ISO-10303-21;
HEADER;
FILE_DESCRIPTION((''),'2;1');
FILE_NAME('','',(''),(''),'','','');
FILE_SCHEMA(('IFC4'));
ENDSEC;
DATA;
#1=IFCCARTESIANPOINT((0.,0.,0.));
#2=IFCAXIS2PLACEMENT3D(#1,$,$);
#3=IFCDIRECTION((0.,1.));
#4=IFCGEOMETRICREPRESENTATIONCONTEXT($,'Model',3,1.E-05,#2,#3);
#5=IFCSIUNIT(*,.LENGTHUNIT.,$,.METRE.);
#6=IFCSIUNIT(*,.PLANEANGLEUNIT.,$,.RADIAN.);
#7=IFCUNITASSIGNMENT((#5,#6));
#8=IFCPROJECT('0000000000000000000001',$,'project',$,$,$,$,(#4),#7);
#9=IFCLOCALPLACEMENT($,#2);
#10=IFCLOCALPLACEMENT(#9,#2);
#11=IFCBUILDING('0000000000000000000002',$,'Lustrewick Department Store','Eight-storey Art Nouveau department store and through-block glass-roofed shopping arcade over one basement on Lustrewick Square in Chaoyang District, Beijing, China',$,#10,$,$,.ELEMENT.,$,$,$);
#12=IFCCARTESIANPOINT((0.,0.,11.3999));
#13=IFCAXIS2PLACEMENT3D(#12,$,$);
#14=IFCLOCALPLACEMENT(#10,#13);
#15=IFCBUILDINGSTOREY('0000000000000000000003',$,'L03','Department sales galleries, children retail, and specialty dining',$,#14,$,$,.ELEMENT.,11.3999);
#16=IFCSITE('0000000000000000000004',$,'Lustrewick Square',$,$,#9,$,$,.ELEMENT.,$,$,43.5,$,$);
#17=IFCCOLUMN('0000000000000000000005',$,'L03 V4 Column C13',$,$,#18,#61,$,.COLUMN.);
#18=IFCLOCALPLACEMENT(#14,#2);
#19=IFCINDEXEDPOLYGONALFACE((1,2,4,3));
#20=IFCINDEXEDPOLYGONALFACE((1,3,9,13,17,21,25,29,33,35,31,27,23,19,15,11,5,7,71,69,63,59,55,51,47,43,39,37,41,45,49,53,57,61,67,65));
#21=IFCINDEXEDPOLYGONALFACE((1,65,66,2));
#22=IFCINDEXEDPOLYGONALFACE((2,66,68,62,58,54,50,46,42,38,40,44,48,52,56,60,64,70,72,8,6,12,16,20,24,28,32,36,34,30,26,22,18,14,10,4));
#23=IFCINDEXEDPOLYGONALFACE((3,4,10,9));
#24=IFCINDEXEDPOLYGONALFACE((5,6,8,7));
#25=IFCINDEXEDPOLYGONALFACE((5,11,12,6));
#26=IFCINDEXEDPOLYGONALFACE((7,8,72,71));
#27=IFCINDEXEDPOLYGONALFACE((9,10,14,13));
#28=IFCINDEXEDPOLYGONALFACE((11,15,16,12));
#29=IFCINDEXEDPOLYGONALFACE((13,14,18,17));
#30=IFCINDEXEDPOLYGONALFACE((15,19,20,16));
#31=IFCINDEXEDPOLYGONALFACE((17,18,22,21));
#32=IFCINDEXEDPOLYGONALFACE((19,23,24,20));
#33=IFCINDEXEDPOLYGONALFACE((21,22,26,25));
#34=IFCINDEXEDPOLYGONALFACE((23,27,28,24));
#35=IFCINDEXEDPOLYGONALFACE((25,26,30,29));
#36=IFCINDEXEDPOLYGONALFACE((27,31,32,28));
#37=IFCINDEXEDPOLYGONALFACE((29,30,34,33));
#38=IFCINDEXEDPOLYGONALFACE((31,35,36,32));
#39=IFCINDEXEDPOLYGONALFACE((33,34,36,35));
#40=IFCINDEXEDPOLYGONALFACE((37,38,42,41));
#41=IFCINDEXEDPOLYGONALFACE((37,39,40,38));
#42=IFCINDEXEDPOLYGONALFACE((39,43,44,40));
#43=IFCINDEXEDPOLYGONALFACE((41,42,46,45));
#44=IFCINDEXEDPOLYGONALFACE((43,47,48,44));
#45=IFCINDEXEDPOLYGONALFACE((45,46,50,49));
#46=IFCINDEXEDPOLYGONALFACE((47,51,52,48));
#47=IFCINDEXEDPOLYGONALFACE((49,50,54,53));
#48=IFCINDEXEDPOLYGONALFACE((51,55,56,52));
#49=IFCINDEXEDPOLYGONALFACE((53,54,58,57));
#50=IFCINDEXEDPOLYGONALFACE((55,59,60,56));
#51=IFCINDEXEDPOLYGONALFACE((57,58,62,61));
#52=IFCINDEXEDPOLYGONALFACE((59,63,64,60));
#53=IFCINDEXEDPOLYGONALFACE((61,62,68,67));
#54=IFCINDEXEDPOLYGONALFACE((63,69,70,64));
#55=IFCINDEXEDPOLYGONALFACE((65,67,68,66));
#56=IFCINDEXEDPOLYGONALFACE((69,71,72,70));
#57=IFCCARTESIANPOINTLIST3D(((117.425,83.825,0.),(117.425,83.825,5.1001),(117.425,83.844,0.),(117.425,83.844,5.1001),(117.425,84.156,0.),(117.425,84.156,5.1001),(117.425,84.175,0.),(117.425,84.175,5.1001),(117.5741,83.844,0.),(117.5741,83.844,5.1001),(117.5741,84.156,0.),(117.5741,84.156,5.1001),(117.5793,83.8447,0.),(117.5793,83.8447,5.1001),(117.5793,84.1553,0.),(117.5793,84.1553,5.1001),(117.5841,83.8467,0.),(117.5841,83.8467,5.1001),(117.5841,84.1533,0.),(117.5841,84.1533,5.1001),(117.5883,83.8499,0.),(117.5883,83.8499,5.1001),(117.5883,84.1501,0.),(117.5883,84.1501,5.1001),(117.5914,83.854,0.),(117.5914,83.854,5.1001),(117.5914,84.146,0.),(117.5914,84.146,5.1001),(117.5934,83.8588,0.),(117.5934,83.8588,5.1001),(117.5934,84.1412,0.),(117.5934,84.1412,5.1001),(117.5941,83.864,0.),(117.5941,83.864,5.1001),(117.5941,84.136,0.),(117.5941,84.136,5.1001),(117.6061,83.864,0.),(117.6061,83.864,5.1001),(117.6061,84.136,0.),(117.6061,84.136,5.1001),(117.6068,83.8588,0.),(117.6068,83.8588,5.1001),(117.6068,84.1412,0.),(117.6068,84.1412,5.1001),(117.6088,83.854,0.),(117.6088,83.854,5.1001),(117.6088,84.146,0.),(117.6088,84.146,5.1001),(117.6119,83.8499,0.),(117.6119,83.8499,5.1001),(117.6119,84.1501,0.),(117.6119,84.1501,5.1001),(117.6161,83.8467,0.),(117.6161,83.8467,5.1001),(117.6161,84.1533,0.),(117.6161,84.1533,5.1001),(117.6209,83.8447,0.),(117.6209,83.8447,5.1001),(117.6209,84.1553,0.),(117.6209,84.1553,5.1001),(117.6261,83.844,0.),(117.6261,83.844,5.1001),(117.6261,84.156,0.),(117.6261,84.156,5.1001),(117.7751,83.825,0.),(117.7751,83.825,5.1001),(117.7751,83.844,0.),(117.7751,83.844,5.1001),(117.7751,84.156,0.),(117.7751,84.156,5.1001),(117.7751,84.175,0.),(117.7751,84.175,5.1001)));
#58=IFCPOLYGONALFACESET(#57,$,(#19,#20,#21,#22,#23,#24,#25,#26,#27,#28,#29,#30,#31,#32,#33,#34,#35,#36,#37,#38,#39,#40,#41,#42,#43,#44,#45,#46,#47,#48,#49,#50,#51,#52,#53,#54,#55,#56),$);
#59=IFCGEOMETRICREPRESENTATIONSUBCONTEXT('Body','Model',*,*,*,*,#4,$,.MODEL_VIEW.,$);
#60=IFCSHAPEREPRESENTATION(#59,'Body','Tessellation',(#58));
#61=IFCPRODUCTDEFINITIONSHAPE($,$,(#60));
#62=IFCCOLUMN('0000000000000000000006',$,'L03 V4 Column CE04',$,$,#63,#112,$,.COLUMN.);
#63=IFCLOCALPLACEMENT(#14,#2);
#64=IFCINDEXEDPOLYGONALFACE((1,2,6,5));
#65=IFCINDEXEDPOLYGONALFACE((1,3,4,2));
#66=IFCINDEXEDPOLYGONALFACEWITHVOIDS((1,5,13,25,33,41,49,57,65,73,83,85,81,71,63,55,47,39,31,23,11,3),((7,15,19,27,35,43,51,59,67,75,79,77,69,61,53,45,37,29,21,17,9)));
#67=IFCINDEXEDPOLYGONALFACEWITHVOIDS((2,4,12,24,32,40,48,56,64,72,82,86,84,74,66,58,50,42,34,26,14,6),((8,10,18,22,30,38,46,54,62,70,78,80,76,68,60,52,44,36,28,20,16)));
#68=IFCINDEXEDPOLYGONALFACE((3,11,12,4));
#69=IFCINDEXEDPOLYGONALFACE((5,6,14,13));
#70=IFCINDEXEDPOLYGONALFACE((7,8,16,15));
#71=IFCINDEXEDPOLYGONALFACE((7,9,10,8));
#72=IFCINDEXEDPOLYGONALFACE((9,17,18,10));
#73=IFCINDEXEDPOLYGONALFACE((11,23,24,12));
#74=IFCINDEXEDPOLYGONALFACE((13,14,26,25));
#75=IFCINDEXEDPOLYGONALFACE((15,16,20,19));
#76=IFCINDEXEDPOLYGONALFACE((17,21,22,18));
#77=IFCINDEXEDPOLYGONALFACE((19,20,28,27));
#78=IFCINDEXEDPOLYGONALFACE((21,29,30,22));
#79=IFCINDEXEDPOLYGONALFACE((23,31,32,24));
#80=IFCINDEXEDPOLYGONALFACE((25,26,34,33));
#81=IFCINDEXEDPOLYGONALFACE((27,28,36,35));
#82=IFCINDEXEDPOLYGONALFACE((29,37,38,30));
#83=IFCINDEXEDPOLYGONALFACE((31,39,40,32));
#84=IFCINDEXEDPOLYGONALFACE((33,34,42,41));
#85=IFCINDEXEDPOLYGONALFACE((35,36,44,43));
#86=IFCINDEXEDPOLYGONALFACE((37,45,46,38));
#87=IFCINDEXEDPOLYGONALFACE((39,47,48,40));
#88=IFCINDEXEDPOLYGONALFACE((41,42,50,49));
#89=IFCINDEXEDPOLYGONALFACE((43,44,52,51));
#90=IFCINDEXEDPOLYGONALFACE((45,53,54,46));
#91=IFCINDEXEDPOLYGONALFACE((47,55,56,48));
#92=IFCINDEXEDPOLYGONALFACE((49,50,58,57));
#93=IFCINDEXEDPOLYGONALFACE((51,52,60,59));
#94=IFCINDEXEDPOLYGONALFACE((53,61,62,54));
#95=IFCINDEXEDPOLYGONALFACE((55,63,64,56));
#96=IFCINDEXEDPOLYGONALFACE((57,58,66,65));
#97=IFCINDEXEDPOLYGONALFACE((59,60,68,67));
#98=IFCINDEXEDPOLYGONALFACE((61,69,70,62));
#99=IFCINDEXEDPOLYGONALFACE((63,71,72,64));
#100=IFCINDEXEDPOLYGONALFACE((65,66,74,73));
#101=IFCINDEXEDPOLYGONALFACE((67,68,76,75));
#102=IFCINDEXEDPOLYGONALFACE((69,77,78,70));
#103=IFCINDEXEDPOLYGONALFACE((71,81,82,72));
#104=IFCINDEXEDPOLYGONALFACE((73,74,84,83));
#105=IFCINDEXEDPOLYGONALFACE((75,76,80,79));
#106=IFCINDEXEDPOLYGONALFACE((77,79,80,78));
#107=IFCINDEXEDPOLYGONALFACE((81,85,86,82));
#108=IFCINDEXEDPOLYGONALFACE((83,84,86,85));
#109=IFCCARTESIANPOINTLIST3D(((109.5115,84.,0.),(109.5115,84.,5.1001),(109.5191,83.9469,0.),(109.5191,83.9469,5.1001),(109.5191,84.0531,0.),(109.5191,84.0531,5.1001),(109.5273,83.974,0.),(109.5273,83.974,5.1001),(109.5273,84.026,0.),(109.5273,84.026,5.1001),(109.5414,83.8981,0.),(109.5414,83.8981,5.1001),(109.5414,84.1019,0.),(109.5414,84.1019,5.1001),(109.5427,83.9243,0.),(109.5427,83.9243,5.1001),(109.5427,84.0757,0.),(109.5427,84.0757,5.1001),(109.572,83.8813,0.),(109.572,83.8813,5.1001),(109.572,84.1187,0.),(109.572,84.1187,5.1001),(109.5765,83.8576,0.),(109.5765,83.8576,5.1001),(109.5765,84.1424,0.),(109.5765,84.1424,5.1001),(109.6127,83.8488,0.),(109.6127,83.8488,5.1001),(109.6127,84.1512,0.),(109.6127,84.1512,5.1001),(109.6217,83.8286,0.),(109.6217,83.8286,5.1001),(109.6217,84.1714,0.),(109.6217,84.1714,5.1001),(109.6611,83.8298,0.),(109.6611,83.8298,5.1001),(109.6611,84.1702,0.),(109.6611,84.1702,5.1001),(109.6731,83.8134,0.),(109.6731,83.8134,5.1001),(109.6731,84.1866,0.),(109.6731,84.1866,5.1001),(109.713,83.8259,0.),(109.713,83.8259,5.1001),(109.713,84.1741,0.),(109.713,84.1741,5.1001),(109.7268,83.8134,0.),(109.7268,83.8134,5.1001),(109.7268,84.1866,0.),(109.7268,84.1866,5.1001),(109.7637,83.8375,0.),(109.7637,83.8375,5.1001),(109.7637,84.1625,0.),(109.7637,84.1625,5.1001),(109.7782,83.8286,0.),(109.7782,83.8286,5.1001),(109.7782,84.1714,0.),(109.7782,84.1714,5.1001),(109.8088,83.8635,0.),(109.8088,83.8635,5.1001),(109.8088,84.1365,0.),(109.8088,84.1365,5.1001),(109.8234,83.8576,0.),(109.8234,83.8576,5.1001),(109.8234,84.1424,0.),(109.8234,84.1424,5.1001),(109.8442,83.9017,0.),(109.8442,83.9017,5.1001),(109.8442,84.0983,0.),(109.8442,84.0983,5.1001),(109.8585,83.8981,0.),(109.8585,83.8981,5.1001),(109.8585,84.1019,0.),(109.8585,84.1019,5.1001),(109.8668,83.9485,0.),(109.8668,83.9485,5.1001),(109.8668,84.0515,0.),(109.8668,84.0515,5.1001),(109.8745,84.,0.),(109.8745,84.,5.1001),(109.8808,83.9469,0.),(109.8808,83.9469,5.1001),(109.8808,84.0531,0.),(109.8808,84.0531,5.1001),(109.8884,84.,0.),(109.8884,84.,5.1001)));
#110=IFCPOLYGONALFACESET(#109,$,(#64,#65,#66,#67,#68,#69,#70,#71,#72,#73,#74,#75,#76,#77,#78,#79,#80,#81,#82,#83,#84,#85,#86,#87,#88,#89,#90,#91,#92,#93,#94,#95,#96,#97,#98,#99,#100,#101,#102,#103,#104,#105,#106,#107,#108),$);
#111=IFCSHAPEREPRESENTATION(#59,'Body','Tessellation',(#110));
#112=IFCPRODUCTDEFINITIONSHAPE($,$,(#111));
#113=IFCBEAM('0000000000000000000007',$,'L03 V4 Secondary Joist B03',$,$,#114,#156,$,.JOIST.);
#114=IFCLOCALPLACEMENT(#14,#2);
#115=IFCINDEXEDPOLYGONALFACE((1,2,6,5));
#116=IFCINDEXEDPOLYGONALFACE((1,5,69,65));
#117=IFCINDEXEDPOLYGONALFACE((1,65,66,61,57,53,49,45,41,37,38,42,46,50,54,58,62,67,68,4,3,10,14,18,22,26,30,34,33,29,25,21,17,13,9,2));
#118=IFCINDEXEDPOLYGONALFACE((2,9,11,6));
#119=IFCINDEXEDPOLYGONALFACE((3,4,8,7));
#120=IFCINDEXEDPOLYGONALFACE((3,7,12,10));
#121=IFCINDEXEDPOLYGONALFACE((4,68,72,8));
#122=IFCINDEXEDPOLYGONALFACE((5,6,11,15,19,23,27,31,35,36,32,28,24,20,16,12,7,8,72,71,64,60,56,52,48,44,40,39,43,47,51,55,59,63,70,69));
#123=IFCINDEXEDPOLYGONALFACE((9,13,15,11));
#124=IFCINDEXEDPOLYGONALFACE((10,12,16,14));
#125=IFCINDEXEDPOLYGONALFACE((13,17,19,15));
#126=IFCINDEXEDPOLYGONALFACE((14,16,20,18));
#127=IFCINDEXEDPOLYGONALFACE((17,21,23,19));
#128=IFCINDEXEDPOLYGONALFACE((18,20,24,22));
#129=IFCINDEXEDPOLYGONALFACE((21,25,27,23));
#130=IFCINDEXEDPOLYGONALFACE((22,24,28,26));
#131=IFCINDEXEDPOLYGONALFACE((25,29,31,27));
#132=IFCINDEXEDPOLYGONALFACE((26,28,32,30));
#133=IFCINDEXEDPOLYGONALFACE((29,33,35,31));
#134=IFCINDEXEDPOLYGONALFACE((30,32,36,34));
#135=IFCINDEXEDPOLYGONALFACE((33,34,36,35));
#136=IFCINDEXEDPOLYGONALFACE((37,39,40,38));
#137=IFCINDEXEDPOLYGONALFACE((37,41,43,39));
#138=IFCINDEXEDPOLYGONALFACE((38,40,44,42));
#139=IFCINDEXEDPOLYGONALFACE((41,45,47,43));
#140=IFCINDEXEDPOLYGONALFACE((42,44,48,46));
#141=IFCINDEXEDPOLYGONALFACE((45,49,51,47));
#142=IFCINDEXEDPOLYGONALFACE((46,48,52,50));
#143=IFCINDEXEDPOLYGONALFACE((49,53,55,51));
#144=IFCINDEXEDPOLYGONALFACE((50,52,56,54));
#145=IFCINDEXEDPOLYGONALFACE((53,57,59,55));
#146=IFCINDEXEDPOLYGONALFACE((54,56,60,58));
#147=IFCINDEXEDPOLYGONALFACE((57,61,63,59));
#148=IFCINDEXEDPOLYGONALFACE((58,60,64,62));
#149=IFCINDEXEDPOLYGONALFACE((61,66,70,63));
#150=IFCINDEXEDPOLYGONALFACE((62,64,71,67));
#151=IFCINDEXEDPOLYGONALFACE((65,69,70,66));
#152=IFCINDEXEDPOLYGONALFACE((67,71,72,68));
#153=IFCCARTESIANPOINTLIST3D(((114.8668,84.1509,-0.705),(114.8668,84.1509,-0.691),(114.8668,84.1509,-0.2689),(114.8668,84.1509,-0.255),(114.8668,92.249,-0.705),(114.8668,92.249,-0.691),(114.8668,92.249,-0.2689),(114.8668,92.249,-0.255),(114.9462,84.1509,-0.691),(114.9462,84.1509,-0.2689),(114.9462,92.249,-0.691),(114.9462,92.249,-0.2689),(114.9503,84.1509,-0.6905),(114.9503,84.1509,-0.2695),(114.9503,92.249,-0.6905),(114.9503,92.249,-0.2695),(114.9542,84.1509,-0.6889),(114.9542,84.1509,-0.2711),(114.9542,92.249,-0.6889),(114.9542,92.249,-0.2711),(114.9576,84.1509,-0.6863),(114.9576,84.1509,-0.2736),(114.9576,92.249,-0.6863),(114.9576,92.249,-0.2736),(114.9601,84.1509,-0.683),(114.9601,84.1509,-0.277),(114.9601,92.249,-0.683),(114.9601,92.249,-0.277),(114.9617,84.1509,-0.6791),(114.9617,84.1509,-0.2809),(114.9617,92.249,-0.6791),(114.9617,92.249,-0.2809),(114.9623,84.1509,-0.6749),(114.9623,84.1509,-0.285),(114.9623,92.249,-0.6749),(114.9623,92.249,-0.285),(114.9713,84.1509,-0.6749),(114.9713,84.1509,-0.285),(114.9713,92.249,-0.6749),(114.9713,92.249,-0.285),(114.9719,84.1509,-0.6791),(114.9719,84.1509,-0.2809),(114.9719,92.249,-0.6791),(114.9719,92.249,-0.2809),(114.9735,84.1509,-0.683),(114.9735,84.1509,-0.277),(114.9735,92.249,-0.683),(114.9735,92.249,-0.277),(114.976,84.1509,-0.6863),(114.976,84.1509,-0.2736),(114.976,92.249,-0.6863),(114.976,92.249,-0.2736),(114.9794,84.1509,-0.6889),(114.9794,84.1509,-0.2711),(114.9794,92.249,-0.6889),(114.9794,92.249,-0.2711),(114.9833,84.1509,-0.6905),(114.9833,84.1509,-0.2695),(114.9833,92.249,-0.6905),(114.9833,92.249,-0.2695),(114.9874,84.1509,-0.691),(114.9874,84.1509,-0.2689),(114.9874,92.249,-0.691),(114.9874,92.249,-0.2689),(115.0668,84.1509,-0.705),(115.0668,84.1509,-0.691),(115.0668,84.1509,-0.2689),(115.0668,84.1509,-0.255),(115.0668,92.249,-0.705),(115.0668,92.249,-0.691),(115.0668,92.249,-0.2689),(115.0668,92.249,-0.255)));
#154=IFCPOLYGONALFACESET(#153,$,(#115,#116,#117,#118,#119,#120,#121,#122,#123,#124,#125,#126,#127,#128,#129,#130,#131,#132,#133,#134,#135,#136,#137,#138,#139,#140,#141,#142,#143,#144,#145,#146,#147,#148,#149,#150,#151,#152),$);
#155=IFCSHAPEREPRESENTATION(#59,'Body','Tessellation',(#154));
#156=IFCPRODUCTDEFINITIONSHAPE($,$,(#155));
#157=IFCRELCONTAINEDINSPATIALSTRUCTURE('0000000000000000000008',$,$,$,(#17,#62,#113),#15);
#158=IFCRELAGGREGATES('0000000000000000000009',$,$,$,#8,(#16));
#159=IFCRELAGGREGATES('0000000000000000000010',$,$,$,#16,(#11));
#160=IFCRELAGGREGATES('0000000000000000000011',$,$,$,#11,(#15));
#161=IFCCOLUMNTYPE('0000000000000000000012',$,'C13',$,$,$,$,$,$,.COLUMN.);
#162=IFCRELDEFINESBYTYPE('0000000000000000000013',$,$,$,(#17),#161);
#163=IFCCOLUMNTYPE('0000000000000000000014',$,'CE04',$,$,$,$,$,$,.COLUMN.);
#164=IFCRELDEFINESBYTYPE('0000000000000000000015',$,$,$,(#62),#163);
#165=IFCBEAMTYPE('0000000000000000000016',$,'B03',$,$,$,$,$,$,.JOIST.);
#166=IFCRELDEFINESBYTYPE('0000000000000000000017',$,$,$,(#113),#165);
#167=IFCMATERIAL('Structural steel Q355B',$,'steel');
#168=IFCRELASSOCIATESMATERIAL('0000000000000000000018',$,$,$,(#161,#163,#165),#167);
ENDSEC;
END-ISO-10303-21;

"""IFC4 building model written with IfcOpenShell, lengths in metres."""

from ifc_helpers import new_model, si_unit, direction, frame, origin, origin_2d, place, context, subcontext, project, spatial, hollow_circle, i_section, extrude, material, material_profile, profile_set, type_object, element, save


model = new_model("IFC4")

# Units and contexts
model_context = context("Model", 3, precision=1e-05, world=origin(), true_north=direction((0.0, 1.0)))
body_context = subcontext(model_context, "Body", "Model", "MODEL_VIEW")
ifc_project = project(units=[si_unit("LENGTHUNIT", "METRE"), si_unit("PLANEANGLEUNIT", "RADIAN")], contexts=[model_context])

# Site, building, storey
site_placement = place(None, origin())
site = spatial("IfcSite", under=ifc_project, at=site_placement, Name="Lustrewick Square", CompositionType="ELEMENT", RefElevation=43.5)
building_placement = place(site_placement, origin())
building = spatial("IfcBuilding", under=site, at=building_placement, Name="Lustrewick Department Store", Description="Eight-storey Art Nouveau department store and through-block glass-roofed shopping arcade over one basement on Lustrewick Square in Chaoyang District, Beijing, China", CompositionType="ELEMENT")
storey_placement = place(building_placement, frame((0.0, 0.0, 11.3999)))
storey = spatial("IfcBuildingStorey", under=building, at=storey_placement, Name="L03", Description="Department sales galleries, children retail, and specialty dining", CompositionType="ELEMENT", Elevation=11.3999)

# Columns
ifc_material_1 = material(Name="Structural steel Q355B", Category="steel")
ifc_material_profile_1 = material_profile(ifc_material_1, i_section(OverallWidth=0.3501, OverallDepth=0.3501, WebThickness=0.012, FlangeThickness=0.019, FilletRadius=0.02, at=origin_2d()), Name="HW 350x350x12x19")
ifc_profile_set_1 = profile_set([ifc_material_profile_1], Name="Structural steel Q355B")
column_type_1 = type_object("IfcColumnType", Name="C13", PredefinedType="COLUMN", material=ifc_profile_set_1)
column_1_placement = place(storey_placement, frame((117.6001, 84.0, 0.0), z_axis=(0.0, 0.0, 1.0), x_axis=(1.0, 0.0, 0.0)))
element("IfcColumn", 1, at=column_1_placement, inside=storey, type_object=column_type_1, Name="L03 V4 Column C13", PredefinedType="COLUMN", context=body_context, shape_type="SweptSolid", body=[
    extrude(i_section(OverallWidth=0.3501, OverallDepth=0.3501, WebThickness=0.012, FlangeThickness=0.019, FilletRadius=0.02, at=origin_2d()), origin(), (0.0, 0.0, 1.0), 5.1001),
])
ifc_material_profile_2 = material_profile(ifc_material_1, hollow_circle(Radius=0.1885, WallThickness=0.0139, at=origin_2d()), Name="CHS 377x14")
ifc_profile_set_2 = profile_set([ifc_material_profile_2], Name="Structural steel Q355B")
column_type_2 = type_object("IfcColumnType", Name="CE04", PredefinedType="COLUMN", material=ifc_profile_set_2)
column_2_placement = place(storey_placement, frame((109.7, 84.0, 0.0), z_axis=(0.0, 0.0, 1.0), x_axis=(1.0, 0.0, 0.0)))
element("IfcColumn", 2, at=column_2_placement, inside=storey, type_object=column_type_2, Name="L03 V4 Column CE04", PredefinedType="COLUMN", context=body_context, shape_type="SweptSolid", body=[
    extrude(hollow_circle(Radius=0.1885, WallThickness=0.0139, at=origin_2d()), origin(), (0.0, 0.0, 1.0), 5.1001),
])

# Beam
ifc_material_profile_3 = material_profile(ifc_material_1, i_section(OverallWidth=0.2, OverallDepth=0.45, WebThickness=0.009, FlangeThickness=0.0139, FilletRadius=0.0161, at=origin_2d()), Name="HN 450x200x9x14")
ifc_profile_set_3 = profile_set([ifc_material_profile_3], Name="Structural steel Q355B")
beam_type_1 = type_object("IfcBeamType", Name="B03", PredefinedType="JOIST", material=ifc_profile_set_3)
beam_1_placement = place(storey_placement, frame((114.9668, 84.1509, -0.48), z_axis=(0.0, 1.0, 0.0), x_axis=(-1.0, 0.0, 0.0)))
element("IfcBeam", 3, at=beam_1_placement, inside=storey, type_object=beam_type_1, Name="L03 V4 Secondary Joist B03", PredefinedType="JOIST", context=body_context, shape_type="SweptSolid", body=[
    extrude(i_section(OverallWidth=0.2, OverallDepth=0.45, WebThickness=0.009, FlangeThickness=0.0139, FilletRadius=0.0161, at=origin_2d()), origin(), (0.0, 0.0, 1.0), 8.0981),
])

save(model, "model.ifc")
